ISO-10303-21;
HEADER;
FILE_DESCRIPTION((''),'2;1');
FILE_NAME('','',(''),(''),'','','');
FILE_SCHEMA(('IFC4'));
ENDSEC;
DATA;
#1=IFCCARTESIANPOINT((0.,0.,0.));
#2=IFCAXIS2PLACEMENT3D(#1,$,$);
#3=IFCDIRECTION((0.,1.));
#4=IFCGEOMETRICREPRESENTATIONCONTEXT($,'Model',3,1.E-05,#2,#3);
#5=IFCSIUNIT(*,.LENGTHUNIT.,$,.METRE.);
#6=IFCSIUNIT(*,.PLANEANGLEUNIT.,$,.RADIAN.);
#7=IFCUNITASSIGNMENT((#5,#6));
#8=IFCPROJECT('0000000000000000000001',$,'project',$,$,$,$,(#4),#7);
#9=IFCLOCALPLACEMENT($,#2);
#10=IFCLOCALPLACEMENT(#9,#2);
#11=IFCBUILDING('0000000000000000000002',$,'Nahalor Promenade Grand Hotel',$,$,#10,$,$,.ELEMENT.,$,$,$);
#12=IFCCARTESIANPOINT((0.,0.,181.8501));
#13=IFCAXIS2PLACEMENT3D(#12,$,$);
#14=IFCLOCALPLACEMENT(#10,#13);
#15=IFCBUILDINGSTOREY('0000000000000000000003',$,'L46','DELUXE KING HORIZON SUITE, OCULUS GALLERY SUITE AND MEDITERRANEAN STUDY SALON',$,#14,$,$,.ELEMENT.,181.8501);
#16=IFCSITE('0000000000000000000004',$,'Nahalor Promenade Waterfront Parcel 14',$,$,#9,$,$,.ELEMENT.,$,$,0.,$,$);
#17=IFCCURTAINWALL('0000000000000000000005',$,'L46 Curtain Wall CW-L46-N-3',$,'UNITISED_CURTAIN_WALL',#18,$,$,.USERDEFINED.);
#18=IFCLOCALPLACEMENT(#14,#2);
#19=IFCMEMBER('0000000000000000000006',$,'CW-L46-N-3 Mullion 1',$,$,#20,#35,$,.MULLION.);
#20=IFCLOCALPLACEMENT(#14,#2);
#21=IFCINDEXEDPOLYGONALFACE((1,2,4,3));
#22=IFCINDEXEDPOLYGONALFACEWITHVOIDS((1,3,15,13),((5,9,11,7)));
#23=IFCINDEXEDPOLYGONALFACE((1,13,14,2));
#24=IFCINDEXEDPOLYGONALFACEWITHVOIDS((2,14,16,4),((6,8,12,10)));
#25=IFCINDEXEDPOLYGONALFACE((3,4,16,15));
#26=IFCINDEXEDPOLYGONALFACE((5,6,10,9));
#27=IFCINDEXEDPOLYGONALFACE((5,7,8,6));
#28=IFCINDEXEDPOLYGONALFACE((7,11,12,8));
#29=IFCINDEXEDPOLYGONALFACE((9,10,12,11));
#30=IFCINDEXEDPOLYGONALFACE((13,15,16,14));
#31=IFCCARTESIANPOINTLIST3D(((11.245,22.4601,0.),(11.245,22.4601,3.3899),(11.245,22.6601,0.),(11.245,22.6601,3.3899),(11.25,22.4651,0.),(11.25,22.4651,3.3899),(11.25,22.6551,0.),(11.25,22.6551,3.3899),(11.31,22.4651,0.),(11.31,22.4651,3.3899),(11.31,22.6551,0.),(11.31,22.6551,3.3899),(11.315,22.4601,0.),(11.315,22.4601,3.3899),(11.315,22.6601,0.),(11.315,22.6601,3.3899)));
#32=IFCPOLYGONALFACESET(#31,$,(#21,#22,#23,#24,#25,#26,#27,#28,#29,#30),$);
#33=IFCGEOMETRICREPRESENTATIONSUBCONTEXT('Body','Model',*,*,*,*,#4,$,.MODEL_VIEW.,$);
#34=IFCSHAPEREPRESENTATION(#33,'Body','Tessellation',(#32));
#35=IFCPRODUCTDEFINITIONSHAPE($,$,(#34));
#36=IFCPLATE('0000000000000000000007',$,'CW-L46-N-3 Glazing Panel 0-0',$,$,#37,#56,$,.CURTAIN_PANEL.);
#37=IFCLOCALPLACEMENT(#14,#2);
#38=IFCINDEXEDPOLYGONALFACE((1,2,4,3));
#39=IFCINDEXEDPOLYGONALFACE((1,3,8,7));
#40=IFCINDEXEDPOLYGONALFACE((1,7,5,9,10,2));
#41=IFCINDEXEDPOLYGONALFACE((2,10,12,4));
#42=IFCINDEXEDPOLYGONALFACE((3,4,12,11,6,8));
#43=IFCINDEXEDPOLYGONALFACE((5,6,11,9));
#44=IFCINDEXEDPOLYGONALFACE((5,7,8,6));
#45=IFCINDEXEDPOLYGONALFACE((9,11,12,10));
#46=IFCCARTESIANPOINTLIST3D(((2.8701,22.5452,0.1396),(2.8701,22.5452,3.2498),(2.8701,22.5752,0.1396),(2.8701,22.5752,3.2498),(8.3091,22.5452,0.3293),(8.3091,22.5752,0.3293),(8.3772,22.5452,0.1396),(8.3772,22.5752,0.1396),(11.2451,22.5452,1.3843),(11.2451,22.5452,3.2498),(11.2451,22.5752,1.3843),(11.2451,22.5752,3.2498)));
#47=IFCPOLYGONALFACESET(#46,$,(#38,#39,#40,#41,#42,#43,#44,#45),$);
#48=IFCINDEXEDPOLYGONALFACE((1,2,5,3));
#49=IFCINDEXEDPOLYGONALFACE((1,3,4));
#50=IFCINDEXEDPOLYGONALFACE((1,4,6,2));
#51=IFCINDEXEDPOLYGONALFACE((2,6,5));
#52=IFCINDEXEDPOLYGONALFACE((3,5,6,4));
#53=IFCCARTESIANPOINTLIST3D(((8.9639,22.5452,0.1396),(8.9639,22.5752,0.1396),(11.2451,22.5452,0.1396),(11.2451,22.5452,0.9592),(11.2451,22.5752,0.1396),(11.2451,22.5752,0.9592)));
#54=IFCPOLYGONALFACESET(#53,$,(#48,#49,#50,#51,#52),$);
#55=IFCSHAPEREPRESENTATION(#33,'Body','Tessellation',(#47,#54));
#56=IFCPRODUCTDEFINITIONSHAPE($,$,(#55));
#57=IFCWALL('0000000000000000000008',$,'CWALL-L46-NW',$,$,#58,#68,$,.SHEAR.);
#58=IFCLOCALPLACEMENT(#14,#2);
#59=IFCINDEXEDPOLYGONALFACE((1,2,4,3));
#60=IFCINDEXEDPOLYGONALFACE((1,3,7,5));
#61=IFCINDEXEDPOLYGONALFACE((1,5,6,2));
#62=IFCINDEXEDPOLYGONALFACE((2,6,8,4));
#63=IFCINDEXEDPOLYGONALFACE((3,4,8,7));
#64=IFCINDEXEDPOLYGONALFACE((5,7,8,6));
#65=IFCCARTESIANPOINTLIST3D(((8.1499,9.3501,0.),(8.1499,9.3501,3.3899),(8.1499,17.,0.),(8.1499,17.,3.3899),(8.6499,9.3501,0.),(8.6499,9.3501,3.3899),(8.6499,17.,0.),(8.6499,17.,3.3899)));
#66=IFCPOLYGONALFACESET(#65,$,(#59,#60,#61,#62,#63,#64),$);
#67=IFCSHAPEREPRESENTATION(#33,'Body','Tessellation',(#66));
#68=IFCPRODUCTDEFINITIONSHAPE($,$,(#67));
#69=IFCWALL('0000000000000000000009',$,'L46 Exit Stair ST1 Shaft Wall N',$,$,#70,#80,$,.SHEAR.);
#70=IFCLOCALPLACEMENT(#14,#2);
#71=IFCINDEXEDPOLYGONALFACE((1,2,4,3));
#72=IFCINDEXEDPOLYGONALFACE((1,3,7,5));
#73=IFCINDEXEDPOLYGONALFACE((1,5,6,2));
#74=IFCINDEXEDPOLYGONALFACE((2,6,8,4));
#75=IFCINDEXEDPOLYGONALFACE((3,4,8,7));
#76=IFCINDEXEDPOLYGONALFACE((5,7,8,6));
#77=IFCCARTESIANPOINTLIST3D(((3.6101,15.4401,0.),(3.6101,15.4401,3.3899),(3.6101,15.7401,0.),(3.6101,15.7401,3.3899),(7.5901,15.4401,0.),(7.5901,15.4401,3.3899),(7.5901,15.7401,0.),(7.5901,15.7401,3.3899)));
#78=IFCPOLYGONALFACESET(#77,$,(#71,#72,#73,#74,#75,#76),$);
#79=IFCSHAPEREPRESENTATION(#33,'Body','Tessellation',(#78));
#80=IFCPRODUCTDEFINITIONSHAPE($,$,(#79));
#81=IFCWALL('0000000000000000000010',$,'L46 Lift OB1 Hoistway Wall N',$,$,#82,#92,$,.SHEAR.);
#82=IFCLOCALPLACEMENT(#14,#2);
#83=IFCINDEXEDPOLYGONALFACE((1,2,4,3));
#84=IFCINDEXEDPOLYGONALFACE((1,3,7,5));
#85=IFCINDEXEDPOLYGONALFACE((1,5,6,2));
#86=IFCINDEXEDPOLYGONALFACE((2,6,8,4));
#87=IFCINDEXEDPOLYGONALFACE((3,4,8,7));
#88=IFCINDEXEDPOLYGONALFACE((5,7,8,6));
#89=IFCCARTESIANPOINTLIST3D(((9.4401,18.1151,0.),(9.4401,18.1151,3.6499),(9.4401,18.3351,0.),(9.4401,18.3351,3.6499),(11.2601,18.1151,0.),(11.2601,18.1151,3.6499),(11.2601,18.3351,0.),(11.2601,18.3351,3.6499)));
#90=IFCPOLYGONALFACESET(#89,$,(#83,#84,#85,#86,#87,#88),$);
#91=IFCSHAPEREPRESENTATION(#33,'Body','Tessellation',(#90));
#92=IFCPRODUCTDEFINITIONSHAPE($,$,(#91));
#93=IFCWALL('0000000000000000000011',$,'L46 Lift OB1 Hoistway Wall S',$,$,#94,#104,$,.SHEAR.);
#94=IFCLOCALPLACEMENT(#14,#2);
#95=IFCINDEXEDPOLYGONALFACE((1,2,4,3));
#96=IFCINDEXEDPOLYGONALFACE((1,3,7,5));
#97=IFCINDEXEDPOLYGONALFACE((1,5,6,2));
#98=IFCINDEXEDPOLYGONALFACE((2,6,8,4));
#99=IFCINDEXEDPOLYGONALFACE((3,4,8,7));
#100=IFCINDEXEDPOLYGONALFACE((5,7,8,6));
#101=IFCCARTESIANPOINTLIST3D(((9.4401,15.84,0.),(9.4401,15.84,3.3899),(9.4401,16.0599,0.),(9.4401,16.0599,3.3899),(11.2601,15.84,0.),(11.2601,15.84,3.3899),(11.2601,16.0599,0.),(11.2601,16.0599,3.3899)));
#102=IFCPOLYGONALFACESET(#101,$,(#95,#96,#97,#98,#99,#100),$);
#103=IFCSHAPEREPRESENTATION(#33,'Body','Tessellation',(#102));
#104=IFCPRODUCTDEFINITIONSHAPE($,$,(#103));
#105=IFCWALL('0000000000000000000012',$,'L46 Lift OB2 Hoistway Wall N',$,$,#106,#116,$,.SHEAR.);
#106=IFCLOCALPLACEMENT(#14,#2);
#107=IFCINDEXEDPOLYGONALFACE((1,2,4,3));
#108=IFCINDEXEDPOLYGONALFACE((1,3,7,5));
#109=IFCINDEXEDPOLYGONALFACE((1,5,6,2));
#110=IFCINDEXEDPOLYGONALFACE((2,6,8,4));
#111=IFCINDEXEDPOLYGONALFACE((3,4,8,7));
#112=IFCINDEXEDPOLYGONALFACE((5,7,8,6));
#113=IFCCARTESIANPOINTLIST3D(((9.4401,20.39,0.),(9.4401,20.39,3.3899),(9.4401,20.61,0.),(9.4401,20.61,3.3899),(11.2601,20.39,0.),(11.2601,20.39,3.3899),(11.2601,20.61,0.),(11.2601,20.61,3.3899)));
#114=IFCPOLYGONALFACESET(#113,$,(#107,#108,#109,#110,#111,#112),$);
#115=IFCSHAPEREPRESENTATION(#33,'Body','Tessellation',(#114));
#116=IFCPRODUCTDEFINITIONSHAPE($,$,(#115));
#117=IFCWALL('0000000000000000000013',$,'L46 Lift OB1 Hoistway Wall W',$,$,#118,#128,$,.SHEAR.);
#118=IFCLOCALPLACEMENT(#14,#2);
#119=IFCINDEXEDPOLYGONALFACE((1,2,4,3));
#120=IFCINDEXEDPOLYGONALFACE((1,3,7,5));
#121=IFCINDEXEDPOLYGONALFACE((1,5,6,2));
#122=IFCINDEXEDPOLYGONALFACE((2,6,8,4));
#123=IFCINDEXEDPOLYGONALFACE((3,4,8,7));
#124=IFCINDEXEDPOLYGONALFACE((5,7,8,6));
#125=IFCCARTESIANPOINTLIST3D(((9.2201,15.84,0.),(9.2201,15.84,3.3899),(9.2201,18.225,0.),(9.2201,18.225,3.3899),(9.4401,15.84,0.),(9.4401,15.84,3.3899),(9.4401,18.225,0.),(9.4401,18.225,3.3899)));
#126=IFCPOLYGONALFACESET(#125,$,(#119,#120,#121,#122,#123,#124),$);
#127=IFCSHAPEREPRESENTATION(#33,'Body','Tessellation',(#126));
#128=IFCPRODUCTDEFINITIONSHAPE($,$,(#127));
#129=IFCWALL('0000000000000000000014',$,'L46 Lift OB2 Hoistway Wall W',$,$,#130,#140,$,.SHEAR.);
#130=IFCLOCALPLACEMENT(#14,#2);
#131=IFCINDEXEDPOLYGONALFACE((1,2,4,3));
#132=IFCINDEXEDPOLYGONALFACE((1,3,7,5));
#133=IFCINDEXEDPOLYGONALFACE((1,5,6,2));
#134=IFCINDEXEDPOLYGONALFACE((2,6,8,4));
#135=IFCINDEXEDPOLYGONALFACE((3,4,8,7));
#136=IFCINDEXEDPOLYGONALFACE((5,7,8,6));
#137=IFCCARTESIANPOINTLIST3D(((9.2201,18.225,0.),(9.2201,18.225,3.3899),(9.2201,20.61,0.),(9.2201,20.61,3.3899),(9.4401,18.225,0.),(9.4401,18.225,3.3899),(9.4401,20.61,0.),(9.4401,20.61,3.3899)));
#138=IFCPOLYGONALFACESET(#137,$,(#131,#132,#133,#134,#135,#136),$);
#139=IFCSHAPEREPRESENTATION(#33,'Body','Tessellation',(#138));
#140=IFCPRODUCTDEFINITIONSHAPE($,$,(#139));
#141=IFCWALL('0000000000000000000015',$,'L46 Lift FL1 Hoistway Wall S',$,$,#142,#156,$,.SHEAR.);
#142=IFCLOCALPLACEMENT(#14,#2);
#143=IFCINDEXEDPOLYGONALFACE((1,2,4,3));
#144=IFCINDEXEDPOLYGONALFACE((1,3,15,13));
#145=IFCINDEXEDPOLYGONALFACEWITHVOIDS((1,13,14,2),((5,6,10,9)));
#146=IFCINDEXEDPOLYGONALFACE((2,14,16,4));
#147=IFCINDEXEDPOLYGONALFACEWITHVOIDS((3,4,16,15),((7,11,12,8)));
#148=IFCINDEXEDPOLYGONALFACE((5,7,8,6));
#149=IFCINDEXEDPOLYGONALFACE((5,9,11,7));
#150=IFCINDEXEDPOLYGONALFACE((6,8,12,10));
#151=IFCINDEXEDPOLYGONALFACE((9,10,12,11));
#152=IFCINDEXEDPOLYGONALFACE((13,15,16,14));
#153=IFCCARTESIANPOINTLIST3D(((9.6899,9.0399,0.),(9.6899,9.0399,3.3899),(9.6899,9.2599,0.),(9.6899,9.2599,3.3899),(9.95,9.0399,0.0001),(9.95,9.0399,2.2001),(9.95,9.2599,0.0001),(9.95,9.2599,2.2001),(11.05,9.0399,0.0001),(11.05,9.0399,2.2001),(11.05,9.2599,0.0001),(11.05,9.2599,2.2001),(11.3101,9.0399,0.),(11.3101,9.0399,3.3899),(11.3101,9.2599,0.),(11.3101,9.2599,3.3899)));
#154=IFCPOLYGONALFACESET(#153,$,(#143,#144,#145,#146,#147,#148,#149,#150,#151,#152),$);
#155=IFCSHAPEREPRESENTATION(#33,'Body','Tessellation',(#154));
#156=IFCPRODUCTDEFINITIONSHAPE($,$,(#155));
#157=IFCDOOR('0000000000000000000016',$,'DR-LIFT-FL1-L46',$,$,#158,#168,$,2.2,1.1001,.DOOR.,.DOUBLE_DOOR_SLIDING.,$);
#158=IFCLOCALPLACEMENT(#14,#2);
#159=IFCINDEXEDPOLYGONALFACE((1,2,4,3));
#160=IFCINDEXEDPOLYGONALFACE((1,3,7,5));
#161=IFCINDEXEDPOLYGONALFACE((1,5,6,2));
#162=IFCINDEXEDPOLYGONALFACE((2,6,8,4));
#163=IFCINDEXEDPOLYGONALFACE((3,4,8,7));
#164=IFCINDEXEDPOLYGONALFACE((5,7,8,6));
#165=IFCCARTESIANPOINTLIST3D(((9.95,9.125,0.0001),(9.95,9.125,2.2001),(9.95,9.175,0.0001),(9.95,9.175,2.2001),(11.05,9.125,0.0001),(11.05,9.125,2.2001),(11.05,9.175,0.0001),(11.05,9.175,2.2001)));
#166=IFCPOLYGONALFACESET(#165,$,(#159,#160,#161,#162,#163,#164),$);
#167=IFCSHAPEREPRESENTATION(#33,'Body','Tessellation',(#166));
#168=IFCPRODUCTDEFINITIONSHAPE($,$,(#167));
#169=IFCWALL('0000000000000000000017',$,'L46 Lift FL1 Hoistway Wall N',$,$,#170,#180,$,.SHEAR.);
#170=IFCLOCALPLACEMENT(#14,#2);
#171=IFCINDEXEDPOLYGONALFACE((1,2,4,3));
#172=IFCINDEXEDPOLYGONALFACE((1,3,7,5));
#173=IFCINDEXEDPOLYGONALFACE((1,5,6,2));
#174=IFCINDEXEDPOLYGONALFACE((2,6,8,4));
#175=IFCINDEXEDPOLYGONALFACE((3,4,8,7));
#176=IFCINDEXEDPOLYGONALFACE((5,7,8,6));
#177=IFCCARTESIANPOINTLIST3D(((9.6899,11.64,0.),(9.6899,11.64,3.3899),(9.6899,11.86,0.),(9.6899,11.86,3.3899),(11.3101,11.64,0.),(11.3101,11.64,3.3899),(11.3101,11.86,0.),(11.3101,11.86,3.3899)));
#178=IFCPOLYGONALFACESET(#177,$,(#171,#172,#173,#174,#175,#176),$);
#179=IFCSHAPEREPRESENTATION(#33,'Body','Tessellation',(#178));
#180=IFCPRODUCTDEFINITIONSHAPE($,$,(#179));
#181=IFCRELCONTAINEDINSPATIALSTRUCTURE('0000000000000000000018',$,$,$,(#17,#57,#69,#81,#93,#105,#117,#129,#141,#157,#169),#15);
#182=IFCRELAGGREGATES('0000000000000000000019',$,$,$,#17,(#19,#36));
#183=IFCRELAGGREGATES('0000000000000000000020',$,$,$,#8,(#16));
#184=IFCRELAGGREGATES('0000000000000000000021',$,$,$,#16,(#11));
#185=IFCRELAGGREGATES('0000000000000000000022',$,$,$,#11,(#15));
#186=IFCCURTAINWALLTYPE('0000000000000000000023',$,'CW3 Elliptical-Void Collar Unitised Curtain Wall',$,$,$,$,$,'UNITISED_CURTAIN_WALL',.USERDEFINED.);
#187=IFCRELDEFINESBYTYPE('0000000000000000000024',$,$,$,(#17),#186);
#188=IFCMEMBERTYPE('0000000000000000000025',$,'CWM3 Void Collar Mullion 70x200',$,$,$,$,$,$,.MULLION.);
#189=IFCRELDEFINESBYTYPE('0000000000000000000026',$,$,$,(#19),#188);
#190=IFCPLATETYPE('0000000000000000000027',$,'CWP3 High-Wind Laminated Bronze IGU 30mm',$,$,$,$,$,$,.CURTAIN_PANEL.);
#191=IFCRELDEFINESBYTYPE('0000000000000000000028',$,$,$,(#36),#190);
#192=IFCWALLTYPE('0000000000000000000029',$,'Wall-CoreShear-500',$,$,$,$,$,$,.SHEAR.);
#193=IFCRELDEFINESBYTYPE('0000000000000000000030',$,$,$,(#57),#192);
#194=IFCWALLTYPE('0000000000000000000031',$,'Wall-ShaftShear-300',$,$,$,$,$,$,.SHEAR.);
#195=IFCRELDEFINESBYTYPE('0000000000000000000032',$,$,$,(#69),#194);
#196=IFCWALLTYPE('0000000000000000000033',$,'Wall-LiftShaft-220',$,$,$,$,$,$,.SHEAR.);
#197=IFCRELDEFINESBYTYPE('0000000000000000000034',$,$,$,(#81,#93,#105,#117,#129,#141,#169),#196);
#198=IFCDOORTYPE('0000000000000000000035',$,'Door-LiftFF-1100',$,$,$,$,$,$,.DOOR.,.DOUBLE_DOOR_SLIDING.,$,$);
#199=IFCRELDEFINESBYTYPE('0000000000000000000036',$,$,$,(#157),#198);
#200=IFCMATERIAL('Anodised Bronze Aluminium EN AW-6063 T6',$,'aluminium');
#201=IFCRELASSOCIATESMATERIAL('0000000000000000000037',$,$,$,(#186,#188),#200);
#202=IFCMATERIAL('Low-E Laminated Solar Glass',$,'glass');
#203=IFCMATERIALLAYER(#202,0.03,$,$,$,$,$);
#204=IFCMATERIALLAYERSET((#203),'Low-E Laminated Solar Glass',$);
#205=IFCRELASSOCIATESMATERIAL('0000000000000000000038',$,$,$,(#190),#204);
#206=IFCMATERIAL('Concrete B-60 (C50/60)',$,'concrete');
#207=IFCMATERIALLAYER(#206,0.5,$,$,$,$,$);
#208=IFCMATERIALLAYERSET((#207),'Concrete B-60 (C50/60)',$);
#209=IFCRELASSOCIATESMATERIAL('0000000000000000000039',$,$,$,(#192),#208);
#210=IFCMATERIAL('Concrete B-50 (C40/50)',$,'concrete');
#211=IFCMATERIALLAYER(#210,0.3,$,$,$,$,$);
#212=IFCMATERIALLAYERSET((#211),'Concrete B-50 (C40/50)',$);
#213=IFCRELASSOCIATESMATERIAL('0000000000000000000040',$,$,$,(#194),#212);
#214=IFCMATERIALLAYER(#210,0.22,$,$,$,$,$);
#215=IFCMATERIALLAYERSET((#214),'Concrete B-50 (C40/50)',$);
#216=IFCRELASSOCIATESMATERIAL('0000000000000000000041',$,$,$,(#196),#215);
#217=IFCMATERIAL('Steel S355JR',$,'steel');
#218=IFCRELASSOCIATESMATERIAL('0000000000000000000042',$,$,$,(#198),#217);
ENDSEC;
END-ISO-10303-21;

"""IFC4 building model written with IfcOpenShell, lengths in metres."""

from ifc_helpers import new_model, si_unit, direction, frame, frame_2d, origin, origin_2d, place, context, subcontext, project, spatial, polyline, rectangle, hollow_rectangle, outline, extrude, source, transform, mapped, material, layer, layer_set, material_profile, profile_set, type_object, element, fill, aggregate, save


model = new_model("IFC4")

# Units and contexts
model_context = context("Model", 3, precision=1e-05, world=origin(), true_north=direction((0.0, 1.0)))
body_context = subcontext(model_context, "Body", "Model", "MODEL_VIEW")
ifc_project = project(units=[si_unit("LENGTHUNIT", "METRE"), si_unit("PLANEANGLEUNIT", "RADIAN")], contexts=[model_context])

# Site, building, storey
site_placement = place(None, origin())
site = spatial("IfcSite", under=ifc_project, at=site_placement, Name="Nahalor Promenade Waterfront Parcel 14", CompositionType="ELEMENT", RefElevation=0.0)
building_placement = place(site_placement, origin())
building = spatial("IfcBuilding", under=site, at=building_placement, Name="Nahalor Promenade Grand Hotel", CompositionType="ELEMENT")
storey_placement = place(building_placement, frame((0.0, 0.0, 181.8501)))
storey = spatial("IfcBuildingStorey", under=building, at=storey_placement, Name="L46", Description="DELUXE KING HORIZON SUITE, OCULUS GALLERY SUITE AND MEDITERRANEAN STUDY SALON", CompositionType="ELEMENT", Elevation=181.8501)

# Shared definitions
ifc_material_1 = material(Name="Concrete B-60 (C50/60)", Category="concrete")

# Shared definitions
ifc_material_2 = material(Name="Steel S355JR", Category="steel")

# Curtain wall, member, plate
ifc_material_3 = material(Name="Anodised Bronze Aluminium EN AW-6063 T6", Category="aluminium")
curtain_wall_type = type_object("IfcCurtainWallType", Name="CW3 Elliptical-Void Collar Unitised Curtain Wall", ElementType="UNITISED_CURTAIN_WALL", PredefinedType="USERDEFINED", material=ifc_material_3)
curtain_wall_placement = place(storey_placement, origin())
curtain_wall = element("IfcCurtainWall", 1, at=curtain_wall_placement, inside=storey, type_object=curtain_wall_type, Name="L46 Curtain Wall CW-L46-N-3", ObjectType="UNITISED_CURTAIN_WALL", PredefinedType="USERDEFINED")
ifc_material_profile_1 = material_profile(ifc_material_3, hollow_rectangle(XDim=0.07, YDim=0.2, WallThickness=0.005, at=origin_2d()), Name="CWM 70x200x5")
ifc_profile_set_1 = profile_set([ifc_material_profile_1], Name="Anodised Bronze Aluminium EN AW-6063 T6")
member_type_1 = type_object("IfcMemberType", Name="CWM3 Void Collar Mullion 70x200", PredefinedType="MULLION", material=ifc_profile_set_1)
shared_shape_1 = source(origin(), body_context, "Body", "SweptSolid", [
    extrude(hollow_rectangle(XDim=0.07, YDim=0.2, WallThickness=0.005, at=origin_2d()), origin(), (0.0, 0.0, 1.0), 3.3899),
])
member_1_placement = place(storey_placement, frame((11.28, 22.5601, 0.0), z_axis=(0.0, 0.0, 1.0), x_axis=(1.0, 0.0, 0.0)))
member_1 = element("IfcMember", 2, at=member_1_placement, type_object=member_type_1, Name="CW-L46-N-3 Mullion 1", PredefinedType="MULLION", context=body_context, shape_type="MappedRepresentation", body=[
    mapped(shared_shape_1, transform((0.0, 0.0, 0.0), scale=1.0)),
])
ifc_material_4 = material(Name="Low-E Laminated Solar Glass", Category="glass")
ifc_layer_1 = layer(ifc_material_4, 0.03)
ifc_layer_set_1 = layer_set([ifc_layer_1], Name="Low-E Laminated Solar Glass")
plate_type = type_object("IfcPlateType", Name="CWP3 High-Wind Laminated Bronze IGU 30mm", PredefinedType="CURTAIN_PANEL", material=ifc_layer_set_1)
plate_placement = place(storey_placement, frame((7.0576, 22.5601, 0.1396), z_axis=(0.0, 0.0, 1.0), x_axis=(1.0, 0.0, 0.0)))
plate = element("IfcPlate", 3, at=plate_placement, type_object=plate_type, Name="CW-L46-N-3 Glazing Panel 0-0", PredefinedType="CURTAIN_PANEL", context=body_context, shape_type="SweptSolid", body=[
    extrude(outline(polyline([(-4.1875, 3.1101), (-4.1875, 0.0), (1.3196, 0.0), (1.2515, 0.1897), (4.1875, 1.2446), (4.1875, 3.1101), (-4.1875, 3.1101)])), frame((0.0, 0.0151, 0.0), z_axis=(0.0, -1.0, 0.0), x_axis=(1.0, 0.0, 0.0)), (0.0, 0.0, 1.0), 0.03),
    extrude(outline(polyline([(1.9062, 0.0), (4.1875, 0.0), (4.1875, 0.8196), (1.9062, 0.0)])), frame((0.0, 0.0151, 0.0), z_axis=(0.0, -1.0, 0.0), x_axis=(1.0, 0.0, 0.0)), (0.0, 0.0, 1.0), 0.03),
])
aggregate(curtain_wall, [member_1, plate])

# Walls
ifc_layer_2 = layer(ifc_material_1, 0.5)
ifc_layer_set_2 = layer_set([ifc_layer_2], Name="Concrete B-60 (C50/60)")
wall_type_1 = type_object("IfcWallType", Name="Wall-CoreShear-500", PredefinedType="SHEAR", material=ifc_layer_set_2)
shared_shape_2 = source(origin(), body_context, "Body", "SweptSolid", [
    extrude(rectangle(XDim=7.6499, YDim=0.5, at=frame_2d((3.825, 0.0))), origin(), (0.0, 0.0, 1.0), 3.3899),
])
wall_1_placement = place(storey_placement, frame((8.3999, 9.3501, 0.0), z_axis=(0.0, 0.0, 1.0), x_axis=(0.0, 1.0, 0.0)))
element("IfcWall", 4, at=wall_1_placement, inside=storey, type_object=wall_type_1, Name="CWALL-L46-NW", PredefinedType="SHEAR", context=body_context, shape_type="MappedRepresentation", body=[
    mapped(shared_shape_2, transform((0.0, 0.0, 0.0), scale=1.0)),
])
ifc_material_5 = material(Name="Concrete B-50 (C40/50)", Category="concrete")
ifc_layer_3 = layer(ifc_material_5, 0.3)
ifc_layer_set_3 = layer_set([ifc_layer_3], Name="Concrete B-50 (C40/50)")
wall_type_2 = type_object("IfcWallType", Name="Wall-ShaftShear-300", PredefinedType="SHEAR", material=ifc_layer_set_3)
shared_shape_3 = source(origin(), body_context, "Body", "SweptSolid", [
    extrude(rectangle(XDim=3.98, YDim=0.3, at=frame_2d((1.99, 0.0))), origin(), (0.0, 0.0, 1.0), 3.3899),
])
wall_2_placement = place(storey_placement, frame((3.6101, 15.5901, 0.0), z_axis=(0.0, 0.0, 1.0), x_axis=(1.0, 0.0, 0.0)))
element("IfcWall", 5, at=wall_2_placement, inside=storey, type_object=wall_type_2, Name="L46 Exit Stair ST1 Shaft Wall N", PredefinedType="SHEAR", context=body_context, shape_type="MappedRepresentation", body=[
    mapped(shared_shape_3, transform((0.0, 0.0, 0.0), scale=1.0)),
])
ifc_layer_4 = layer(ifc_material_5, 0.22)
ifc_layer_set_4 = layer_set([ifc_layer_4], Name="Concrete B-50 (C40/50)")
wall_type_3 = type_object("IfcWallType", Name="Wall-LiftShaft-220", PredefinedType="SHEAR", material=ifc_layer_set_4)
shared_shape_4 = source(origin(), body_context, "Body", "SweptSolid", [
    extrude(rectangle(XDim=1.8201, YDim=0.22, at=frame_2d((0.9102, 0.0))), origin(), (0.0, 0.0, 1.0), 3.6499),
])
wall_3_placement = place(storey_placement, frame((9.4399, 18.2251, 0.0), z_axis=(0.0, 0.0, 1.0), x_axis=(1.0, 0.0, 0.0)))
element("IfcWall", 6, at=wall_3_placement, inside=storey, type_object=wall_type_3, Name="L46 Lift OB1 Hoistway Wall N", PredefinedType="SHEAR", context=body_context, shape_type="MappedRepresentation", body=[
    mapped(shared_shape_4, transform((0.0, 0.0, 0.0), scale=1.0)),
])
shared_shape_5 = source(origin(), body_context, "Body", "SweptSolid", [
    extrude(rectangle(XDim=1.8201, YDim=0.22, at=frame_2d((0.9102, 0.0))), origin(), (0.0, 0.0, 1.0), 3.3899),
])
for number, where, z_axis, x_axis, name in (
    (7, (9.4399, 15.95, 0.0), (0.0, 0.0, 1.0), (1.0, 0.0, 0.0), "L46 Lift OB1 Hoistway Wall S"),
    (8, (9.4399, 20.5, 0.0), (0.0, 0.0, 1.0), (1.0, 0.0, 0.0), "L46 Lift OB2 Hoistway Wall N"),
):
    element("IfcWall", number, at=place(storey_placement, frame(where, z_axis=z_axis, x_axis=x_axis)), inside=storey, type_object=wall_type_3, Name=name, PredefinedType="SHEAR", context=body_context, shape_type="MappedRepresentation", body=[
        mapped(shared_shape_5, transform((0.0, 0.0, 0.0), scale=1.0)),
    ])
shared_shape_6 = source(origin(), body_context, "Body", "SweptSolid", [
    extrude(rectangle(XDim=2.385, YDim=0.22, at=frame_2d((1.1924, 0.0))), origin(), (0.0, 0.0, 1.0), 3.3899),
])
for number, where, z_axis, x_axis, name in (
    (9, (9.3301, 15.8401, 0.0), (0.0, 0.0, 1.0), (0.0, 1.0, 0.0), "L46 Lift OB1 Hoistway Wall W"),
    (10, (9.3301, 18.2251, 0.0), (0.0, 0.0, 1.0), (0.0, 1.0, 0.0), "L46 Lift OB2 Hoistway Wall W"),
):
    element("IfcWall", number, at=place(storey_placement, frame(where, z_axis=z_axis, x_axis=x_axis)), inside=storey, type_object=wall_type_3, Name=name, PredefinedType="SHEAR", context=body_context, shape_type="MappedRepresentation", body=[
        mapped(shared_shape_6, transform((0.0, 0.0, 0.0), scale=1.0)),
    ])

# Wall, opening, door
shared_shape_7 = source(origin(), body_context, "Body", "SweptSolid", [
    extrude(rectangle(XDim=1.6201, YDim=0.22, at=frame_2d((0.8101, 0.0))), origin(), (0.0, 0.0, 1.0), 3.3899),
])
wall_4_placement = place(storey_placement, frame((9.6899, 9.1499, 0.0), z_axis=(0.0, 0.0, 1.0), x_axis=(1.0, 0.0, 0.0)))
wall_4 = element("IfcWall", 11, at=wall_4_placement, inside=storey, type_object=wall_type_3, Name="L46 Lift FL1 Hoistway Wall S", PredefinedType="SHEAR", context=body_context, shape_type="MappedRepresentation", body=[
    mapped(shared_shape_7, transform((0.0, 0.0, 0.0), scale=1.0)),
])
opening_1_placement = place(wall_4_placement, frame((0.26, 0.0, 0.0)))
opening_1 = element("IfcOpeningElement", 12, at=opening_1_placement, cuts=wall_4, PredefinedType="OPENING", context=body_context, shape_type="SweptSolid", body=[
    extrude(rectangle(XDim=1.1001, YDim=2.2, at=frame_2d((0.55, 1.1001))), frame((0.0, 0.1199, 0.0), z_axis=(0.0, -1.0, 0.0), x_axis=(1.0, 0.0, 0.0)), (0.0, 0.0, 1.0), 0.24),
])
door_type_1 = type_object("IfcDoorType", Name="Door-LiftFF-1100", OperationType="DOUBLE_DOOR_SLIDING", PredefinedType="DOOR", material=ifc_material_2)
shared_shape_8 = source(origin(), body_context, "Body", "SweptSolid", [
    extrude(rectangle(XDim=1.1001, YDim=2.2, at=frame_2d((0.55, 1.1001))), frame((0.0, 0.0249, 0.0), z_axis=(0.0, -1.0, 0.0), x_axis=(1.0, 0.0, 0.0)), (0.0, 0.0, 1.0), 0.05),
])
door_1_placement = place(opening_1_placement, frame((1.1001, 0.0, 0.0), z_axis=(0.0, 0.0, 1.0), x_axis=(-1.0, 0.0, 0.0)))
door_1 = element("IfcDoor", 13, at=door_1_placement, inside=storey, type_object=door_type_1, Name="DR-LIFT-FL1-L46", OperationType="DOUBLE_DOOR_SLIDING", OverallHeight=2.2, OverallWidth=1.1001, PredefinedType="DOOR", context=body_context, shape_type="MappedRepresentation", body=[
    mapped(shared_shape_8, transform((0.0, 0.0, 0.0), scale=1.0)),
])
fill(opening_1, door_1)

# Wall
wall_5_placement = place(storey_placement, frame((9.6899, 11.75, 0.0), z_axis=(0.0, 0.0, 1.0), x_axis=(1.0, 0.0, 0.0)))
element("IfcWall", 14, at=wall_5_placement, inside=storey, type_object=wall_type_3, Name="L46 Lift FL1 Hoistway Wall N", PredefinedType="SHEAR", context=body_context, shape_type="MappedRepresentation", body=[
    mapped(shared_shape_7, transform((0.0, 0.0, 0.0), scale=1.0)),
])

save(model, "model.ifc")
